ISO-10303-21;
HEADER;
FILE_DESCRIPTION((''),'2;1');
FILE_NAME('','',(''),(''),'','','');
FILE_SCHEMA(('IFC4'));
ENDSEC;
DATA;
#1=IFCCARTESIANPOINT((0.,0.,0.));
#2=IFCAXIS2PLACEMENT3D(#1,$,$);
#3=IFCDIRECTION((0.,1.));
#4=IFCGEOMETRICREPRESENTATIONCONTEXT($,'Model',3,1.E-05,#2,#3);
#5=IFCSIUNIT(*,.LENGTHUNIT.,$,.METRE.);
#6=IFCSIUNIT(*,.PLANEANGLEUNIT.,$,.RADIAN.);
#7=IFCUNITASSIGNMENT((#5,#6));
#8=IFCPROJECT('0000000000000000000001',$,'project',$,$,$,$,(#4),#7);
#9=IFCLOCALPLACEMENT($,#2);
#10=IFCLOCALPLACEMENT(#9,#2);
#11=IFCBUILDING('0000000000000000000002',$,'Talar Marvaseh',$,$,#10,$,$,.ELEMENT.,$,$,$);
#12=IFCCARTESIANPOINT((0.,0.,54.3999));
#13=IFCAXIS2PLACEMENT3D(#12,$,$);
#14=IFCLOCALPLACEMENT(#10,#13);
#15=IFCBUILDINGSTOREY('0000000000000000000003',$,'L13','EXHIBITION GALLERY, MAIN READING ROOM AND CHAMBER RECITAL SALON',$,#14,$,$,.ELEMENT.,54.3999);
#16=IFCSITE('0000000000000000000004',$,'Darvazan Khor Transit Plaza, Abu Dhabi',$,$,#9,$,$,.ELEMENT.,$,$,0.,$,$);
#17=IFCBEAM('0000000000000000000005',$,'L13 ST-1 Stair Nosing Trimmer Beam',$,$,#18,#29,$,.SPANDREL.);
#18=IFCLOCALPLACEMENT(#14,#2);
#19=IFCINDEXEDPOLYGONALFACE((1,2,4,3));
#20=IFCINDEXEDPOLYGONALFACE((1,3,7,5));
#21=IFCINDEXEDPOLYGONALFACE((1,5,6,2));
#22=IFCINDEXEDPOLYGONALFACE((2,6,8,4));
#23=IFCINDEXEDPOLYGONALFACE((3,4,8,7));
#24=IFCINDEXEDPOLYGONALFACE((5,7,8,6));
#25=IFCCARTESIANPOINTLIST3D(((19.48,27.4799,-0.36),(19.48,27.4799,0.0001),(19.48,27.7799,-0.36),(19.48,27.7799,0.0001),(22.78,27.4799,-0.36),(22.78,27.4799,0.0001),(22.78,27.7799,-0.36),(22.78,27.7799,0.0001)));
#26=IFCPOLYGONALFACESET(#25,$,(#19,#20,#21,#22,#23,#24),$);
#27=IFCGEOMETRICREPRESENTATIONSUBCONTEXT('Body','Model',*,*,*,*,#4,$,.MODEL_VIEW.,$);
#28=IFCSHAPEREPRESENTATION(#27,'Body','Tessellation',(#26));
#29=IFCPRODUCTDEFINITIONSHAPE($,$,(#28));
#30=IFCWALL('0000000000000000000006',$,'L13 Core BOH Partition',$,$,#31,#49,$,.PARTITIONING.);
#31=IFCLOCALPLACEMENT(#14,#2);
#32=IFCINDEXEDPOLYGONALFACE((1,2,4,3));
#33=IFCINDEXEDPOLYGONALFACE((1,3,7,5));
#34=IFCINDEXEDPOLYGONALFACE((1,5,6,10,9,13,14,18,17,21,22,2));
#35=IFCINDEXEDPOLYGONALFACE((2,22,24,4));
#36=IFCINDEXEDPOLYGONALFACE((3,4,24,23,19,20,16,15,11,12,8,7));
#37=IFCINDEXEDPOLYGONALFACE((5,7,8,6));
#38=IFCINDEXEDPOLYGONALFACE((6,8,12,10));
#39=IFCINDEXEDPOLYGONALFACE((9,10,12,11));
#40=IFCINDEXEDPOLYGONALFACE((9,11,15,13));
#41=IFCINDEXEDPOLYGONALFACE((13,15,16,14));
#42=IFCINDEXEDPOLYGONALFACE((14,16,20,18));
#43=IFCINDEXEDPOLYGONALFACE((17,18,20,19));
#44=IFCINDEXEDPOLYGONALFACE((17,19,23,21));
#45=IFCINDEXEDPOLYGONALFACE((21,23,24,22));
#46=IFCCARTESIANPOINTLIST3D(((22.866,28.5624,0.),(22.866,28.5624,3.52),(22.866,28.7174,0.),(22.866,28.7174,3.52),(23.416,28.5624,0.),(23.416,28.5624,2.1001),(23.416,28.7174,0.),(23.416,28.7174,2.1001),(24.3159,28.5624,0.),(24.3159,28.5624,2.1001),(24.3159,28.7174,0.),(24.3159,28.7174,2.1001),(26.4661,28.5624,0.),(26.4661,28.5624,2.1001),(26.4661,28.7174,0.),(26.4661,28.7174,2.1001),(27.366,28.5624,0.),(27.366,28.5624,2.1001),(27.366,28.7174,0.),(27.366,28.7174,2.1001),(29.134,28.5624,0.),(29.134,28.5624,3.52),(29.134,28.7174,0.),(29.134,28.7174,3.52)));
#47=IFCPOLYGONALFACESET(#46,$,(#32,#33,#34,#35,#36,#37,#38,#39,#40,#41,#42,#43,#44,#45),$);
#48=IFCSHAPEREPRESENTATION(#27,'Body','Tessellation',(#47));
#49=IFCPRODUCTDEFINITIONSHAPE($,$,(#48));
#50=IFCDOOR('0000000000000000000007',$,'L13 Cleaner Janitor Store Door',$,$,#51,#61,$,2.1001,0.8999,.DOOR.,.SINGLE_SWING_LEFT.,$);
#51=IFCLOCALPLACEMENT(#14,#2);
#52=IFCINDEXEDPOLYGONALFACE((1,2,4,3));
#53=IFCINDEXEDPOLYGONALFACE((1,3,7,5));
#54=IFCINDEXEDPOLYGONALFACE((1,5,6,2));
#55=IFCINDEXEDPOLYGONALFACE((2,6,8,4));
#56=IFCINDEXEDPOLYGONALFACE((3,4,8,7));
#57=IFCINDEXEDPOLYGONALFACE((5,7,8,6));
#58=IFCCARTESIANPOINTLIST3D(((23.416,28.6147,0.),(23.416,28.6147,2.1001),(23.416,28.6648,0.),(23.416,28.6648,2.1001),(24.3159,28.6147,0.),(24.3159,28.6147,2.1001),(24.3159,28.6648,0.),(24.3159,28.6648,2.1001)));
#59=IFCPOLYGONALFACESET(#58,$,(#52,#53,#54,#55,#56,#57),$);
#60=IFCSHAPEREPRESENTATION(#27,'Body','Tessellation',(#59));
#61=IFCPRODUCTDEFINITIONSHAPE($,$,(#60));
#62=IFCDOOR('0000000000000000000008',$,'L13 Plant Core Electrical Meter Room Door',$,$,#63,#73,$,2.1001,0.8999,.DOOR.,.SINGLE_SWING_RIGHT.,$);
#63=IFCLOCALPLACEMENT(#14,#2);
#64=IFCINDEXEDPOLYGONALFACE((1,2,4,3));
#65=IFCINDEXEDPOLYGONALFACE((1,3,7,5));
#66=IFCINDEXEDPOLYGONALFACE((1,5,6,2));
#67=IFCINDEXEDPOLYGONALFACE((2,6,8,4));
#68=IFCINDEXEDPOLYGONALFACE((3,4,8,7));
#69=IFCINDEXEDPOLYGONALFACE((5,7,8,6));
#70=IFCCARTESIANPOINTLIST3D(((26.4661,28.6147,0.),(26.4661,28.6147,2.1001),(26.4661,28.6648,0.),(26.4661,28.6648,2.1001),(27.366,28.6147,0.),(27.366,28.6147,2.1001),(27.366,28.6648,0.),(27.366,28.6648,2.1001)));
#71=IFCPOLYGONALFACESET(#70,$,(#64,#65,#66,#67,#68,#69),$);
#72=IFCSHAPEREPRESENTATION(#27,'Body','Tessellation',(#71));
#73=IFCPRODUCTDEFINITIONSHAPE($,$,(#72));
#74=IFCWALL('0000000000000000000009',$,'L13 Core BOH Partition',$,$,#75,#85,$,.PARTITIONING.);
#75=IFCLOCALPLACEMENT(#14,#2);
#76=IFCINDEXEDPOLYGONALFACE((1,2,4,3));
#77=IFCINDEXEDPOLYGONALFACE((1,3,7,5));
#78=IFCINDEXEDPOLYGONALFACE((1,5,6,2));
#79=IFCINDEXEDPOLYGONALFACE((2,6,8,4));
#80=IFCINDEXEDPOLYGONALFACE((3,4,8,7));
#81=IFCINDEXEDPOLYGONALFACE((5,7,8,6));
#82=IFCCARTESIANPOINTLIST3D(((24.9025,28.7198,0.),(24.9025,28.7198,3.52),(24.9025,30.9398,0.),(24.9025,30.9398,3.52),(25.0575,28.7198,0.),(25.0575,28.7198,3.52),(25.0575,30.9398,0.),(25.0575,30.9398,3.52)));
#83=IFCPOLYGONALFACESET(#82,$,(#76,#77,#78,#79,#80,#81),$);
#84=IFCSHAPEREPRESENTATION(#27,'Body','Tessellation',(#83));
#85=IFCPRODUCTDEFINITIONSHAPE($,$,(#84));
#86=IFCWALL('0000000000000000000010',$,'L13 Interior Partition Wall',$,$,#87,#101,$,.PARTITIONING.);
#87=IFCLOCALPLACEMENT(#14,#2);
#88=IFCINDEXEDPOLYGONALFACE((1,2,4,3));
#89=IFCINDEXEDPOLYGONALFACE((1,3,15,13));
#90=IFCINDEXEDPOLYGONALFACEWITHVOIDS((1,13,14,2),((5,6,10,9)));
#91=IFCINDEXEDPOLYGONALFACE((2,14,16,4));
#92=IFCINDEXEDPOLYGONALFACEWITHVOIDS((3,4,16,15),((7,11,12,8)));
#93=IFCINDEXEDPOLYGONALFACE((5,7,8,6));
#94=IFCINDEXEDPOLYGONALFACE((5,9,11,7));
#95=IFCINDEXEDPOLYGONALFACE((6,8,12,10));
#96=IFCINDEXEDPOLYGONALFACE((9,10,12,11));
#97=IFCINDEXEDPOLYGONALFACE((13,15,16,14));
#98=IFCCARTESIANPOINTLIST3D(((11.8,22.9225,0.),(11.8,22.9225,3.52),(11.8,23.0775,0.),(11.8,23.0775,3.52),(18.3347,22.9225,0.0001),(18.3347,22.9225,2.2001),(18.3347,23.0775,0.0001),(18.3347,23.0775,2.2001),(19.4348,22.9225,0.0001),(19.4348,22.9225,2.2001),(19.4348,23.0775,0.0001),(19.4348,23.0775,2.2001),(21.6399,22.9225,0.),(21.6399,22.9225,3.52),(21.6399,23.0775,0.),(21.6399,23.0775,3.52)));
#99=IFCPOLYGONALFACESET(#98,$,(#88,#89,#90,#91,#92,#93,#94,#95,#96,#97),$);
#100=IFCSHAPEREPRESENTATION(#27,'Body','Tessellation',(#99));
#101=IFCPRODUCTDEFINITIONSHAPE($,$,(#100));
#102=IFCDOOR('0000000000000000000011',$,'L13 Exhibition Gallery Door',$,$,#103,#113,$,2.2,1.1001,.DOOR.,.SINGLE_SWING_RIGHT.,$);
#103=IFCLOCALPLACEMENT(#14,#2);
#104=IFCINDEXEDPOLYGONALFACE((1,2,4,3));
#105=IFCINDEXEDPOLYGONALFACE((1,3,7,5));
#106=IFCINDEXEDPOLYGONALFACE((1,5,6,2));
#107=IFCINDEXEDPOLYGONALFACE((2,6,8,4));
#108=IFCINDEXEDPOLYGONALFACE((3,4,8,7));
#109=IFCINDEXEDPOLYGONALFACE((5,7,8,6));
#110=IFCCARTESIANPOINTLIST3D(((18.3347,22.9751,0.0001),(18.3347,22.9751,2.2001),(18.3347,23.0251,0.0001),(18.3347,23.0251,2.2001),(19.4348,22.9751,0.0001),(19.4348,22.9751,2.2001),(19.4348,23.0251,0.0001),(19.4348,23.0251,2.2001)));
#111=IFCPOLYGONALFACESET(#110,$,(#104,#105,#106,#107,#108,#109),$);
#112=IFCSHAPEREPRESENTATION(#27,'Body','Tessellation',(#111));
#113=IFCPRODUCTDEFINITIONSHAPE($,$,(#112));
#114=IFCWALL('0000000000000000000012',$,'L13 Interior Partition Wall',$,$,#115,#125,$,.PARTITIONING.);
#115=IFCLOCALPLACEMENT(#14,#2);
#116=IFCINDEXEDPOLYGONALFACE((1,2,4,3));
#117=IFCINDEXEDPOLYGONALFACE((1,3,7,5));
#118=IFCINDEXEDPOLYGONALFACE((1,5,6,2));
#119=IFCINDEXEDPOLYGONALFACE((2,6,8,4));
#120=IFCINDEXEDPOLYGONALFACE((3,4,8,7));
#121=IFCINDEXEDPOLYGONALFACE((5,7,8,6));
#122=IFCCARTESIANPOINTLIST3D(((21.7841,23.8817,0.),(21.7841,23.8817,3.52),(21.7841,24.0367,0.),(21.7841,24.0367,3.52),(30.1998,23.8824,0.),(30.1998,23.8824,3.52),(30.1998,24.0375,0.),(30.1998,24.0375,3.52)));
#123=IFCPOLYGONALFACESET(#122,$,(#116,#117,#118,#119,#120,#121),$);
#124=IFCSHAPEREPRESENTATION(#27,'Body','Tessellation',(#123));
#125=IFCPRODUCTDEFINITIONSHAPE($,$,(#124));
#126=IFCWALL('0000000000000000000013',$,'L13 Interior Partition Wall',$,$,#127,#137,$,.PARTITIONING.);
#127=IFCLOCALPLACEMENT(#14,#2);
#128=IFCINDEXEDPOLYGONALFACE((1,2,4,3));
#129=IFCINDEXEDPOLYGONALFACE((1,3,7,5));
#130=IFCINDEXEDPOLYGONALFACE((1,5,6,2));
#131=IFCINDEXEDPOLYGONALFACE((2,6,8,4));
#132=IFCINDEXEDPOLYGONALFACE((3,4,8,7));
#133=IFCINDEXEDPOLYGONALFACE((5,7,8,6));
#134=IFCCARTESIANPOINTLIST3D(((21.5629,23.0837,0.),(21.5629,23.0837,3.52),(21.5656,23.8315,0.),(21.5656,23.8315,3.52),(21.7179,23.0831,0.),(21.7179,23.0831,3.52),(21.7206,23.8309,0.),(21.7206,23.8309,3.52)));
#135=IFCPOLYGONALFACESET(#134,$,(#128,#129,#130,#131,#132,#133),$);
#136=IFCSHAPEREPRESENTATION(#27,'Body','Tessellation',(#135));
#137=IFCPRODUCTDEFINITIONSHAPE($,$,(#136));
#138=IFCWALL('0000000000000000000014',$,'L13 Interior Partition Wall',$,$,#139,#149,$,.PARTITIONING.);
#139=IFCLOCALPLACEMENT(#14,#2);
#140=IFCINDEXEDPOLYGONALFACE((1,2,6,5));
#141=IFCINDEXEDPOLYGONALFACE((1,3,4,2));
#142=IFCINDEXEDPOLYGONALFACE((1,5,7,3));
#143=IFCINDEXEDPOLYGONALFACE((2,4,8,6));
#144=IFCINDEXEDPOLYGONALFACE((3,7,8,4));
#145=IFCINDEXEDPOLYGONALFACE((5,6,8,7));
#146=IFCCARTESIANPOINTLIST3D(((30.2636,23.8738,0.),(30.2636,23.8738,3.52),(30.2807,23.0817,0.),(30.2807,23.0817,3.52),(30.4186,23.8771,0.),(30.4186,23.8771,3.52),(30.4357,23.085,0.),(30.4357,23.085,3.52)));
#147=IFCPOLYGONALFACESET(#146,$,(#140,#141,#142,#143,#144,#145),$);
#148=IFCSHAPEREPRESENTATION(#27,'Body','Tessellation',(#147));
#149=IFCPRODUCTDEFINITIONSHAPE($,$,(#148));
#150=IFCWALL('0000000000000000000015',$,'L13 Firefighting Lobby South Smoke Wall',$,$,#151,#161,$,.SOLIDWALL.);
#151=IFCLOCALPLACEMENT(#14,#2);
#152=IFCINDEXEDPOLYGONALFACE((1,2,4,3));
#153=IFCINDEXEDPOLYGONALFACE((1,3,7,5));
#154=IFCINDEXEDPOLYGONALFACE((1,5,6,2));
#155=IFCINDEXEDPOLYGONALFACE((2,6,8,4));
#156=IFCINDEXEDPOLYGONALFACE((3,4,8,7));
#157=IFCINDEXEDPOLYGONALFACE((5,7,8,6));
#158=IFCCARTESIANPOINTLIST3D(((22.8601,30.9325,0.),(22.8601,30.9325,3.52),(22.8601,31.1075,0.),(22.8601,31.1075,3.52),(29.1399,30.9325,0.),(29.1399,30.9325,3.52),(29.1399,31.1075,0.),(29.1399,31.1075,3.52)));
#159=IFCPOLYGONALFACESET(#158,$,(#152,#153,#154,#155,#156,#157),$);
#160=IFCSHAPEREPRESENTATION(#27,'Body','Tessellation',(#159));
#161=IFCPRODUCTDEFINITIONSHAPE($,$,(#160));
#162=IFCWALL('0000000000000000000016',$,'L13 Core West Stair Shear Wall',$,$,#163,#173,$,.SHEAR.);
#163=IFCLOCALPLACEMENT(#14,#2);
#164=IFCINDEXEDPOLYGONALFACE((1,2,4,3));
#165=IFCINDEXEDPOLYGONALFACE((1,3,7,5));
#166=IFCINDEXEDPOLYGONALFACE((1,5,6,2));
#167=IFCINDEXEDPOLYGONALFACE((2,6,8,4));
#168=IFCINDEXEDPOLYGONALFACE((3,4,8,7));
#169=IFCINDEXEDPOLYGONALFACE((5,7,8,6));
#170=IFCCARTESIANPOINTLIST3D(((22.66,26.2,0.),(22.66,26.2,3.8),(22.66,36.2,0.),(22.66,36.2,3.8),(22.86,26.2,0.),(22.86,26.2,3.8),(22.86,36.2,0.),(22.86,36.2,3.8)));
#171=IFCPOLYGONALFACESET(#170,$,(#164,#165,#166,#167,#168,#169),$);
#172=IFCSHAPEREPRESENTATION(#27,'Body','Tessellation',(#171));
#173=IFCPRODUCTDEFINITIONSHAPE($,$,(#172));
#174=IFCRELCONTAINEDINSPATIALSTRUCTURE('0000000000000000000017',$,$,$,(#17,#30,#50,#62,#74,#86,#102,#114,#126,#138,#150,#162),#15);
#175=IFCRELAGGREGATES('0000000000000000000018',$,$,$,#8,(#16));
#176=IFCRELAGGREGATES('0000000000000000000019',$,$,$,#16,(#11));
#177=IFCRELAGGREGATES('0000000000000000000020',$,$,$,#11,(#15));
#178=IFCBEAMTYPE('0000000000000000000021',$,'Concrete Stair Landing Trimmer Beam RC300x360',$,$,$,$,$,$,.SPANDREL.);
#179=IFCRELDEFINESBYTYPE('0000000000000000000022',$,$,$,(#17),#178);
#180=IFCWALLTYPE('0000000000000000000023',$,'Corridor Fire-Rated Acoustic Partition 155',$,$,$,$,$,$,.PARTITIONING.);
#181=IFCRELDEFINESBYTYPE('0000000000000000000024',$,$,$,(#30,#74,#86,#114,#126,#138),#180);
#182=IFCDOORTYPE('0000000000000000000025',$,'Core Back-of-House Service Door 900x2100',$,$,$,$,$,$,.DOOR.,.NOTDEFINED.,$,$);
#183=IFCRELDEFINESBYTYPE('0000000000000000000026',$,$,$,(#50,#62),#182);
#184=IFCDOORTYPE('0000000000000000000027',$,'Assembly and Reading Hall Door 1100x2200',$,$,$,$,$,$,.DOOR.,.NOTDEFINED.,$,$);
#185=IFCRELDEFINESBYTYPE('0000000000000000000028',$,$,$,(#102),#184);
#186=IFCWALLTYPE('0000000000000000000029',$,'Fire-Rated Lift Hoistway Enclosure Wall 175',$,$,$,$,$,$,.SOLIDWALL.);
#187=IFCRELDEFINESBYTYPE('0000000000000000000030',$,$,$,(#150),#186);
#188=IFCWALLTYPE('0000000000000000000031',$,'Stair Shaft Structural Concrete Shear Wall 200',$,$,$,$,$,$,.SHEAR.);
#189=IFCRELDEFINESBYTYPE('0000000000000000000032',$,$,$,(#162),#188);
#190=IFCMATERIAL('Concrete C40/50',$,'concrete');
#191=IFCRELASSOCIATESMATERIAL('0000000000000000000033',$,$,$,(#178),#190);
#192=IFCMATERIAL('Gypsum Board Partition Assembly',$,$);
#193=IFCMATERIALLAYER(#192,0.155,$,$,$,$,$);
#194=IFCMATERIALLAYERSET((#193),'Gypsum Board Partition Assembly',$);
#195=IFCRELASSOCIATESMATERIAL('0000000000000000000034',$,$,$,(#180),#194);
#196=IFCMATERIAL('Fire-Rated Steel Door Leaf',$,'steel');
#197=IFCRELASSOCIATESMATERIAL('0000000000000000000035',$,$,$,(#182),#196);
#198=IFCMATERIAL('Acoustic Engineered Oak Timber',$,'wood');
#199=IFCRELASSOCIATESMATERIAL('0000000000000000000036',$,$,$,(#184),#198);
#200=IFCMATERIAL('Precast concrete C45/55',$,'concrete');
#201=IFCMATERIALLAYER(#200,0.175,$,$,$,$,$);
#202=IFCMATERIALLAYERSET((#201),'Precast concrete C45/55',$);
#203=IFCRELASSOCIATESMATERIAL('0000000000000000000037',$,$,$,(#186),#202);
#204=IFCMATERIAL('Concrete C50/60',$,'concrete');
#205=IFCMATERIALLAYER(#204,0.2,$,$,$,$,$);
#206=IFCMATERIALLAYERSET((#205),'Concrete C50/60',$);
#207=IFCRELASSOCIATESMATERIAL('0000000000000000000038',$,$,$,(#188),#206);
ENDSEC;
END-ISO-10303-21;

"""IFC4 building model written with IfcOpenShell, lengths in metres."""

from ifc_helpers import new_model, si_unit, direction, frame, frame_2d, origin, origin_2d, place, context, subcontext, project, spatial, rectangle, extrude, source, transform, mapped, material, layer, layer_set, material_profile, profile_set, type_object, type_shapes, element, fill, save


model = new_model("IFC4")

# Units and contexts
model_context = context("Model", 3, precision=1e-05, world=origin(), true_north=direction((0.0, 1.0)))
body_context = subcontext(model_context, "Body", "Model", "MODEL_VIEW")
ifc_project = project(units=[si_unit("LENGTHUNIT", "METRE"), si_unit("PLANEANGLEUNIT", "RADIAN")], contexts=[model_context])

# Site, building, storey
site_placement = place(None, origin())
site = spatial("IfcSite", under=ifc_project, at=site_placement, Name="Darvazan Khor Transit Plaza, Abu Dhabi", CompositionType="ELEMENT", RefElevation=0.0)
building_placement = place(site_placement, origin())
building = spatial("IfcBuilding", under=site, at=building_placement, Name="Talar Marvaseh", CompositionType="ELEMENT")
storey_placement = place(building_placement, frame((0.0, 0.0, 54.3999)))
storey = spatial("IfcBuildingStorey", under=building, at=storey_placement, Name="L13", Description="EXHIBITION GALLERY, MAIN READING ROOM AND CHAMBER RECITAL SALON", CompositionType="ELEMENT", Elevation=54.3999)

# Beam
ifc_material_1 = material(Name="Concrete C40/50", Category="concrete")
ifc_material_profile = material_profile(ifc_material_1, rectangle(XDim=0.3, YDim=0.3601, at=origin_2d()), Name="RC300x360")
ifc_profile_set = profile_set([ifc_material_profile], Name="Concrete C40/50")
beam_type = type_object("IfcBeamType", Name="Concrete Stair Landing Trimmer Beam RC300x360", PredefinedType="SPANDREL", material=ifc_profile_set)
beam_placement = place(storey_placement, frame((22.78, 27.6299, -0.1799), z_axis=(-1.0, 0.0, 0.0), x_axis=(0.0, -1.0, 0.0)))
element("IfcBeam", 1, at=beam_placement, inside=storey, type_object=beam_type, Name="L13 ST-1 Stair Nosing Trimmer Beam", PredefinedType="SPANDREL", context=body_context, shape_type="SweptSolid", body=[
    extrude(rectangle(XDim=0.3, YDim=0.3601, at=origin_2d()), origin(), (0.0, 0.0, 1.0), 3.3),
])

# Wall, openings, doors
ifc_material_2 = material(Name="Gypsum Board Partition Assembly")
ifc_layer_1 = layer(ifc_material_2, 0.155)
ifc_layer_set_1 = layer_set([ifc_layer_1], Name="Gypsum Board Partition Assembly")
wall_type_1 = type_object("IfcWallType", Name="Corridor Fire-Rated Acoustic Partition 155", PredefinedType="PARTITIONING", material=ifc_layer_set_1)
wall_1_placement = place(storey_placement, frame((22.866, 28.6399, 0.0), z_axis=(0.0, 0.0, 1.0), x_axis=(1.0, 0.0, 0.0)))
wall_1 = element("IfcWall", 2, at=wall_1_placement, inside=storey, type_object=wall_type_1, Name="L13 Core BOH Partition", PredefinedType="PARTITIONING", context=body_context, shape_type="SweptSolid", body=[
    extrude(rectangle(XDim=6.2681, YDim=0.155, at=frame_2d((3.134, 0.0))), origin(), (0.0, 0.0, 1.0), 3.52),
])
opening_1_placement = place(wall_1_placement, frame((0.55, 0.0, 0.0)))
opening_1 = element("IfcOpeningElement", 3, at=opening_1_placement, cuts=wall_1, PredefinedType="OPENING", context=body_context, shape_type="SweptSolid", body=[
    extrude(rectangle(XDim=0.8999, YDim=2.1001, at=frame_2d((0.45, 1.05))), frame((0.0, 0.0874, 0.0), z_axis=(0.0, -1.0, 0.0), x_axis=(1.0, 0.0, 0.0)), (0.0, 0.0, 1.0), 0.175),
])
opening_2_placement = place(wall_1_placement, frame((3.6001, 0.0, 0.0)))
opening_2 = element("IfcOpeningElement", 4, at=opening_2_placement, cuts=wall_1, PredefinedType="OPENING", context=body_context, shape_type="SweptSolid", body=[
    extrude(rectangle(XDim=0.8999, YDim=2.1001, at=frame_2d((0.45, 1.05))), frame((0.0, 0.0874, 0.0), z_axis=(0.0, -1.0, 0.0), x_axis=(1.0, 0.0, 0.0)), (0.0, 0.0, 1.0), 0.175),
])
ifc_material_3 = material(Name="Fire-Rated Steel Door Leaf", Category="steel")
door_type_1 = type_object("IfcDoorType", Name="Core Back-of-House Service Door 900x2100", OperationType="NOTDEFINED", PredefinedType="DOOR", material=ifc_material_3)
shared_shape_1 = source(origin(), body_context, "Body", "SweptSolid", [
    extrude(rectangle(XDim=0.8999, YDim=2.1001, at=frame_2d((0.45, 1.05))), frame((0.0, 0.0249, 0.0), z_axis=(0.0, -1.0, 0.0), x_axis=(1.0, 0.0, 0.0)), (0.0, 0.0, 1.0), 0.05),
])
type_shapes(door_type_1, [shared_shape_1])
door_1_placement = place(opening_1_placement, origin())
door_1 = element("IfcDoor", 5, at=door_1_placement, inside=storey, type_object=door_type_1, Name="L13 Cleaner Janitor Store Door", OperationType="SINGLE_SWING_LEFT", OverallHeight=2.1001, OverallWidth=0.8999, PredefinedType="DOOR", context=body_context, shape_type="MappedRepresentation", body=[
    mapped(shared_shape_1, transform((0.0, 0.0, 0.0), x_axis=(1.0, 0.0, 0.0), y_axis=(0.0, 1.0, 0.0), z_axis=(0.0, 0.0, 1.0), scale=1.0)),
])
fill(opening_1, door_1)
door_2_placement = place(opening_2_placement, origin())
door_2 = element("IfcDoor", 6, at=door_2_placement, inside=storey, type_object=door_type_1, Name="L13 Plant Core Electrical Meter Room Door", OperationType="SINGLE_SWING_RIGHT", OverallHeight=2.1001, OverallWidth=0.8999, PredefinedType="DOOR", context=body_context, shape_type="MappedRepresentation", body=[
    mapped(shared_shape_1, transform((0.0, 0.0, 0.0), x_axis=(1.0, 0.0, 0.0), y_axis=(0.0, 1.0, 0.0), z_axis=(0.0, 0.0, 1.0), scale=1.0)),
])
fill(opening_2, door_2)

# Wall
wall_2_placement = place(storey_placement, frame((24.98, 28.72, 0.0), z_axis=(0.0, 0.0, 1.0), x_axis=(0.0, 1.0, 0.0)))
element("IfcWall", 7, at=wall_2_placement, inside=storey, type_object=wall_type_1, Name="L13 Core BOH Partition", PredefinedType="PARTITIONING", context=body_context, shape_type="SweptSolid", body=[
    extrude(rectangle(XDim=2.22, YDim=0.155, at=frame_2d((1.1099, 0.0))), origin(), (0.0, 0.0, 1.0), 3.52),
])

# Wall, opening, door
wall_3_placement = place(storey_placement, frame((21.6399, 23.0, 0.0), z_axis=(0.0, 0.0, 1.0), x_axis=(-1.0, 0.0, 0.0)))
wall_3 = element("IfcWall", 8, at=wall_3_placement, inside=storey, type_object=wall_type_1, Name="L13 Interior Partition Wall", PredefinedType="PARTITIONING", context=body_context, shape_type="SweptSolid", body=[
    extrude(rectangle(XDim=9.8398, YDim=0.155, at=frame_2d((4.9199, 0.0))), origin(), (0.0, 0.0, 1.0), 3.52),
])
opening_3_placement = place(wall_3_placement, frame((2.2051, 0.0, 0.0)))
opening_3 = element("IfcOpeningElement", 9, at=opening_3_placement, cuts=wall_3, PredefinedType="OPENING", context=body_context, shape_type="SweptSolid", body=[
    extrude(rectangle(XDim=1.1001, YDim=2.2, at=frame_2d((0.55, 1.1001))), frame((0.0, 0.0874, 0.0), z_axis=(0.0, -1.0, 0.0), x_axis=(1.0, 0.0, 0.0)), (0.0, 0.0, 1.0), 0.175),
])
ifc_material_4 = material(Name="Acoustic Engineered Oak Timber", Category="wood")
door_type_2 = type_object("IfcDoorType", Name="Assembly and Reading Hall Door 1100x2200", OperationType="NOTDEFINED", PredefinedType="DOOR", material=ifc_material_4)
shared_shape_2 = source(origin(), body_context, "Body", "SweptSolid", [
    extrude(rectangle(XDim=1.1001, YDim=2.2, at=frame_2d((0.55, 1.1001))), frame((0.0, 0.0249, 0.0), z_axis=(0.0, -1.0, 0.0), x_axis=(1.0, 0.0, 0.0)), (0.0, 0.0, 1.0), 0.05),
])
type_shapes(door_type_2, [shared_shape_2])
door_3_placement = place(opening_3_placement, origin())
door_3 = element("IfcDoor", 10, at=door_3_placement, inside=storey, type_object=door_type_2, Name="L13 Exhibition Gallery Door", OperationType="SINGLE_SWING_RIGHT", OverallHeight=2.2, OverallWidth=1.1001, PredefinedType="DOOR", context=body_context, shape_type="MappedRepresentation", body=[
    mapped(shared_shape_2, transform((0.0, 0.0, 0.0), x_axis=(1.0, 0.0, 0.0), y_axis=(0.0, 1.0, 0.0), z_axis=(0.0, 0.0, 1.0), scale=1.0)),
])
fill(opening_3, door_3)

# Walls
wall_4_placement = place(storey_placement, frame((30.2, 23.96, 0.0), z_axis=(0.0, 0.0, 1.0), x_axis=(-1.0, -0.000087, 0.0)))
element("IfcWall", 11, at=wall_4_placement, inside=storey, type_object=wall_type_1, Name="L13 Interior Partition Wall", PredefinedType="PARTITIONING", context=body_context, shape_type="SweptSolid", body=[
    extrude(rectangle(XDim=8.4158, YDim=0.155, at=frame_2d((4.208, 0.0))), origin(), (0.0, 0.0, 1.0), 3.52),
])
wall_5_placement = place(storey_placement, frame((21.6431, 23.8313, 0.0), z_axis=(0.0, 0.0, 1.0), x_axis=(-0.003591, -0.999994, 0.0)))
element("IfcWall", 12, at=wall_5_placement, inside=storey, type_object=wall_type_1, Name="L13 Interior Partition Wall", PredefinedType="PARTITIONING", context=body_context, shape_type="SweptSolid", body=[
    extrude(rectangle(XDim=0.7478, YDim=0.155, at=frame_2d((0.374, 0.0))), origin(), (0.0, 0.0, 1.0), 3.52),
])
wall_6_placement = place(storey_placement, frame((30.3582, 23.0835, 0.0), z_axis=(0.0, 0.0, 1.0), x_axis=(-0.021573, 0.999767, 0.0)))
element("IfcWall", 13, at=wall_6_placement, inside=storey, type_object=wall_type_1, Name="L13 Interior Partition Wall", PredefinedType="PARTITIONING", context=body_context, shape_type="SweptSolid", body=[
    extrude(rectangle(XDim=0.7922, YDim=0.155, at=frame_2d((0.396, 0.0))), origin(), (0.0, 0.0, 1.0), 3.52),
])
ifc_material_5 = material(Name="Precast concrete C45/55", Category="concrete")
ifc_layer_2 = layer(ifc_material_5, 0.175)
ifc_layer_set_2 = layer_set([ifc_layer_2], Name="Precast concrete C45/55")
wall_type_2 = type_object("IfcWallType", Name="Fire-Rated Lift Hoistway Enclosure Wall 175", PredefinedType="SOLIDWALL", material=ifc_layer_set_2)
wall_7_placement = place(storey_placement, frame((22.8601, 31.02, 0.0), z_axis=(0.0, 0.0, 1.0), x_axis=(1.0, 0.0, 0.0)))
element("IfcWall", 14, at=wall_7_placement, inside=storey, type_object=wall_type_2, Name="L13 Firefighting Lobby South Smoke Wall", PredefinedType="SOLIDWALL", context=body_context, shape_type="SweptSolid", body=[
    extrude(rectangle(XDim=6.2798, YDim=0.175, at=frame_2d((3.1399, 0.0))), origin(), (0.0, 0.0, 1.0), 3.52),
])
ifc_material_6 = material(Name="Concrete C50/60", Category="concrete")
ifc_layer_3 = layer(ifc_material_6, 0.2)
ifc_layer_set_3 = layer_set([ifc_layer_3], Name="Concrete C50/60")
wall_type_3 = type_object("IfcWallType", Name="Stair Shaft Structural Concrete Shear Wall 200", PredefinedType="SHEAR", material=ifc_layer_set_3)
wall_8_placement = place(storey_placement, frame((22.76, 26.2, 0.0), z_axis=(0.0, 0.0, 1.0), x_axis=(0.0, 1.0, 0.0)))
element("IfcWall", 15, at=wall_8_placement, inside=storey, type_object=wall_type_3, Name="L13 Core West Stair Shear Wall", PredefinedType="SHEAR", context=body_context, shape_type="SweptSolid", body=[
    extrude(rectangle(XDim=10.0, YDim=0.2, at=frame_2d((5.0, 0.0))), origin(), (0.0, 0.0, 1.0), 3.8),
])

save(model, "model.ifc")
